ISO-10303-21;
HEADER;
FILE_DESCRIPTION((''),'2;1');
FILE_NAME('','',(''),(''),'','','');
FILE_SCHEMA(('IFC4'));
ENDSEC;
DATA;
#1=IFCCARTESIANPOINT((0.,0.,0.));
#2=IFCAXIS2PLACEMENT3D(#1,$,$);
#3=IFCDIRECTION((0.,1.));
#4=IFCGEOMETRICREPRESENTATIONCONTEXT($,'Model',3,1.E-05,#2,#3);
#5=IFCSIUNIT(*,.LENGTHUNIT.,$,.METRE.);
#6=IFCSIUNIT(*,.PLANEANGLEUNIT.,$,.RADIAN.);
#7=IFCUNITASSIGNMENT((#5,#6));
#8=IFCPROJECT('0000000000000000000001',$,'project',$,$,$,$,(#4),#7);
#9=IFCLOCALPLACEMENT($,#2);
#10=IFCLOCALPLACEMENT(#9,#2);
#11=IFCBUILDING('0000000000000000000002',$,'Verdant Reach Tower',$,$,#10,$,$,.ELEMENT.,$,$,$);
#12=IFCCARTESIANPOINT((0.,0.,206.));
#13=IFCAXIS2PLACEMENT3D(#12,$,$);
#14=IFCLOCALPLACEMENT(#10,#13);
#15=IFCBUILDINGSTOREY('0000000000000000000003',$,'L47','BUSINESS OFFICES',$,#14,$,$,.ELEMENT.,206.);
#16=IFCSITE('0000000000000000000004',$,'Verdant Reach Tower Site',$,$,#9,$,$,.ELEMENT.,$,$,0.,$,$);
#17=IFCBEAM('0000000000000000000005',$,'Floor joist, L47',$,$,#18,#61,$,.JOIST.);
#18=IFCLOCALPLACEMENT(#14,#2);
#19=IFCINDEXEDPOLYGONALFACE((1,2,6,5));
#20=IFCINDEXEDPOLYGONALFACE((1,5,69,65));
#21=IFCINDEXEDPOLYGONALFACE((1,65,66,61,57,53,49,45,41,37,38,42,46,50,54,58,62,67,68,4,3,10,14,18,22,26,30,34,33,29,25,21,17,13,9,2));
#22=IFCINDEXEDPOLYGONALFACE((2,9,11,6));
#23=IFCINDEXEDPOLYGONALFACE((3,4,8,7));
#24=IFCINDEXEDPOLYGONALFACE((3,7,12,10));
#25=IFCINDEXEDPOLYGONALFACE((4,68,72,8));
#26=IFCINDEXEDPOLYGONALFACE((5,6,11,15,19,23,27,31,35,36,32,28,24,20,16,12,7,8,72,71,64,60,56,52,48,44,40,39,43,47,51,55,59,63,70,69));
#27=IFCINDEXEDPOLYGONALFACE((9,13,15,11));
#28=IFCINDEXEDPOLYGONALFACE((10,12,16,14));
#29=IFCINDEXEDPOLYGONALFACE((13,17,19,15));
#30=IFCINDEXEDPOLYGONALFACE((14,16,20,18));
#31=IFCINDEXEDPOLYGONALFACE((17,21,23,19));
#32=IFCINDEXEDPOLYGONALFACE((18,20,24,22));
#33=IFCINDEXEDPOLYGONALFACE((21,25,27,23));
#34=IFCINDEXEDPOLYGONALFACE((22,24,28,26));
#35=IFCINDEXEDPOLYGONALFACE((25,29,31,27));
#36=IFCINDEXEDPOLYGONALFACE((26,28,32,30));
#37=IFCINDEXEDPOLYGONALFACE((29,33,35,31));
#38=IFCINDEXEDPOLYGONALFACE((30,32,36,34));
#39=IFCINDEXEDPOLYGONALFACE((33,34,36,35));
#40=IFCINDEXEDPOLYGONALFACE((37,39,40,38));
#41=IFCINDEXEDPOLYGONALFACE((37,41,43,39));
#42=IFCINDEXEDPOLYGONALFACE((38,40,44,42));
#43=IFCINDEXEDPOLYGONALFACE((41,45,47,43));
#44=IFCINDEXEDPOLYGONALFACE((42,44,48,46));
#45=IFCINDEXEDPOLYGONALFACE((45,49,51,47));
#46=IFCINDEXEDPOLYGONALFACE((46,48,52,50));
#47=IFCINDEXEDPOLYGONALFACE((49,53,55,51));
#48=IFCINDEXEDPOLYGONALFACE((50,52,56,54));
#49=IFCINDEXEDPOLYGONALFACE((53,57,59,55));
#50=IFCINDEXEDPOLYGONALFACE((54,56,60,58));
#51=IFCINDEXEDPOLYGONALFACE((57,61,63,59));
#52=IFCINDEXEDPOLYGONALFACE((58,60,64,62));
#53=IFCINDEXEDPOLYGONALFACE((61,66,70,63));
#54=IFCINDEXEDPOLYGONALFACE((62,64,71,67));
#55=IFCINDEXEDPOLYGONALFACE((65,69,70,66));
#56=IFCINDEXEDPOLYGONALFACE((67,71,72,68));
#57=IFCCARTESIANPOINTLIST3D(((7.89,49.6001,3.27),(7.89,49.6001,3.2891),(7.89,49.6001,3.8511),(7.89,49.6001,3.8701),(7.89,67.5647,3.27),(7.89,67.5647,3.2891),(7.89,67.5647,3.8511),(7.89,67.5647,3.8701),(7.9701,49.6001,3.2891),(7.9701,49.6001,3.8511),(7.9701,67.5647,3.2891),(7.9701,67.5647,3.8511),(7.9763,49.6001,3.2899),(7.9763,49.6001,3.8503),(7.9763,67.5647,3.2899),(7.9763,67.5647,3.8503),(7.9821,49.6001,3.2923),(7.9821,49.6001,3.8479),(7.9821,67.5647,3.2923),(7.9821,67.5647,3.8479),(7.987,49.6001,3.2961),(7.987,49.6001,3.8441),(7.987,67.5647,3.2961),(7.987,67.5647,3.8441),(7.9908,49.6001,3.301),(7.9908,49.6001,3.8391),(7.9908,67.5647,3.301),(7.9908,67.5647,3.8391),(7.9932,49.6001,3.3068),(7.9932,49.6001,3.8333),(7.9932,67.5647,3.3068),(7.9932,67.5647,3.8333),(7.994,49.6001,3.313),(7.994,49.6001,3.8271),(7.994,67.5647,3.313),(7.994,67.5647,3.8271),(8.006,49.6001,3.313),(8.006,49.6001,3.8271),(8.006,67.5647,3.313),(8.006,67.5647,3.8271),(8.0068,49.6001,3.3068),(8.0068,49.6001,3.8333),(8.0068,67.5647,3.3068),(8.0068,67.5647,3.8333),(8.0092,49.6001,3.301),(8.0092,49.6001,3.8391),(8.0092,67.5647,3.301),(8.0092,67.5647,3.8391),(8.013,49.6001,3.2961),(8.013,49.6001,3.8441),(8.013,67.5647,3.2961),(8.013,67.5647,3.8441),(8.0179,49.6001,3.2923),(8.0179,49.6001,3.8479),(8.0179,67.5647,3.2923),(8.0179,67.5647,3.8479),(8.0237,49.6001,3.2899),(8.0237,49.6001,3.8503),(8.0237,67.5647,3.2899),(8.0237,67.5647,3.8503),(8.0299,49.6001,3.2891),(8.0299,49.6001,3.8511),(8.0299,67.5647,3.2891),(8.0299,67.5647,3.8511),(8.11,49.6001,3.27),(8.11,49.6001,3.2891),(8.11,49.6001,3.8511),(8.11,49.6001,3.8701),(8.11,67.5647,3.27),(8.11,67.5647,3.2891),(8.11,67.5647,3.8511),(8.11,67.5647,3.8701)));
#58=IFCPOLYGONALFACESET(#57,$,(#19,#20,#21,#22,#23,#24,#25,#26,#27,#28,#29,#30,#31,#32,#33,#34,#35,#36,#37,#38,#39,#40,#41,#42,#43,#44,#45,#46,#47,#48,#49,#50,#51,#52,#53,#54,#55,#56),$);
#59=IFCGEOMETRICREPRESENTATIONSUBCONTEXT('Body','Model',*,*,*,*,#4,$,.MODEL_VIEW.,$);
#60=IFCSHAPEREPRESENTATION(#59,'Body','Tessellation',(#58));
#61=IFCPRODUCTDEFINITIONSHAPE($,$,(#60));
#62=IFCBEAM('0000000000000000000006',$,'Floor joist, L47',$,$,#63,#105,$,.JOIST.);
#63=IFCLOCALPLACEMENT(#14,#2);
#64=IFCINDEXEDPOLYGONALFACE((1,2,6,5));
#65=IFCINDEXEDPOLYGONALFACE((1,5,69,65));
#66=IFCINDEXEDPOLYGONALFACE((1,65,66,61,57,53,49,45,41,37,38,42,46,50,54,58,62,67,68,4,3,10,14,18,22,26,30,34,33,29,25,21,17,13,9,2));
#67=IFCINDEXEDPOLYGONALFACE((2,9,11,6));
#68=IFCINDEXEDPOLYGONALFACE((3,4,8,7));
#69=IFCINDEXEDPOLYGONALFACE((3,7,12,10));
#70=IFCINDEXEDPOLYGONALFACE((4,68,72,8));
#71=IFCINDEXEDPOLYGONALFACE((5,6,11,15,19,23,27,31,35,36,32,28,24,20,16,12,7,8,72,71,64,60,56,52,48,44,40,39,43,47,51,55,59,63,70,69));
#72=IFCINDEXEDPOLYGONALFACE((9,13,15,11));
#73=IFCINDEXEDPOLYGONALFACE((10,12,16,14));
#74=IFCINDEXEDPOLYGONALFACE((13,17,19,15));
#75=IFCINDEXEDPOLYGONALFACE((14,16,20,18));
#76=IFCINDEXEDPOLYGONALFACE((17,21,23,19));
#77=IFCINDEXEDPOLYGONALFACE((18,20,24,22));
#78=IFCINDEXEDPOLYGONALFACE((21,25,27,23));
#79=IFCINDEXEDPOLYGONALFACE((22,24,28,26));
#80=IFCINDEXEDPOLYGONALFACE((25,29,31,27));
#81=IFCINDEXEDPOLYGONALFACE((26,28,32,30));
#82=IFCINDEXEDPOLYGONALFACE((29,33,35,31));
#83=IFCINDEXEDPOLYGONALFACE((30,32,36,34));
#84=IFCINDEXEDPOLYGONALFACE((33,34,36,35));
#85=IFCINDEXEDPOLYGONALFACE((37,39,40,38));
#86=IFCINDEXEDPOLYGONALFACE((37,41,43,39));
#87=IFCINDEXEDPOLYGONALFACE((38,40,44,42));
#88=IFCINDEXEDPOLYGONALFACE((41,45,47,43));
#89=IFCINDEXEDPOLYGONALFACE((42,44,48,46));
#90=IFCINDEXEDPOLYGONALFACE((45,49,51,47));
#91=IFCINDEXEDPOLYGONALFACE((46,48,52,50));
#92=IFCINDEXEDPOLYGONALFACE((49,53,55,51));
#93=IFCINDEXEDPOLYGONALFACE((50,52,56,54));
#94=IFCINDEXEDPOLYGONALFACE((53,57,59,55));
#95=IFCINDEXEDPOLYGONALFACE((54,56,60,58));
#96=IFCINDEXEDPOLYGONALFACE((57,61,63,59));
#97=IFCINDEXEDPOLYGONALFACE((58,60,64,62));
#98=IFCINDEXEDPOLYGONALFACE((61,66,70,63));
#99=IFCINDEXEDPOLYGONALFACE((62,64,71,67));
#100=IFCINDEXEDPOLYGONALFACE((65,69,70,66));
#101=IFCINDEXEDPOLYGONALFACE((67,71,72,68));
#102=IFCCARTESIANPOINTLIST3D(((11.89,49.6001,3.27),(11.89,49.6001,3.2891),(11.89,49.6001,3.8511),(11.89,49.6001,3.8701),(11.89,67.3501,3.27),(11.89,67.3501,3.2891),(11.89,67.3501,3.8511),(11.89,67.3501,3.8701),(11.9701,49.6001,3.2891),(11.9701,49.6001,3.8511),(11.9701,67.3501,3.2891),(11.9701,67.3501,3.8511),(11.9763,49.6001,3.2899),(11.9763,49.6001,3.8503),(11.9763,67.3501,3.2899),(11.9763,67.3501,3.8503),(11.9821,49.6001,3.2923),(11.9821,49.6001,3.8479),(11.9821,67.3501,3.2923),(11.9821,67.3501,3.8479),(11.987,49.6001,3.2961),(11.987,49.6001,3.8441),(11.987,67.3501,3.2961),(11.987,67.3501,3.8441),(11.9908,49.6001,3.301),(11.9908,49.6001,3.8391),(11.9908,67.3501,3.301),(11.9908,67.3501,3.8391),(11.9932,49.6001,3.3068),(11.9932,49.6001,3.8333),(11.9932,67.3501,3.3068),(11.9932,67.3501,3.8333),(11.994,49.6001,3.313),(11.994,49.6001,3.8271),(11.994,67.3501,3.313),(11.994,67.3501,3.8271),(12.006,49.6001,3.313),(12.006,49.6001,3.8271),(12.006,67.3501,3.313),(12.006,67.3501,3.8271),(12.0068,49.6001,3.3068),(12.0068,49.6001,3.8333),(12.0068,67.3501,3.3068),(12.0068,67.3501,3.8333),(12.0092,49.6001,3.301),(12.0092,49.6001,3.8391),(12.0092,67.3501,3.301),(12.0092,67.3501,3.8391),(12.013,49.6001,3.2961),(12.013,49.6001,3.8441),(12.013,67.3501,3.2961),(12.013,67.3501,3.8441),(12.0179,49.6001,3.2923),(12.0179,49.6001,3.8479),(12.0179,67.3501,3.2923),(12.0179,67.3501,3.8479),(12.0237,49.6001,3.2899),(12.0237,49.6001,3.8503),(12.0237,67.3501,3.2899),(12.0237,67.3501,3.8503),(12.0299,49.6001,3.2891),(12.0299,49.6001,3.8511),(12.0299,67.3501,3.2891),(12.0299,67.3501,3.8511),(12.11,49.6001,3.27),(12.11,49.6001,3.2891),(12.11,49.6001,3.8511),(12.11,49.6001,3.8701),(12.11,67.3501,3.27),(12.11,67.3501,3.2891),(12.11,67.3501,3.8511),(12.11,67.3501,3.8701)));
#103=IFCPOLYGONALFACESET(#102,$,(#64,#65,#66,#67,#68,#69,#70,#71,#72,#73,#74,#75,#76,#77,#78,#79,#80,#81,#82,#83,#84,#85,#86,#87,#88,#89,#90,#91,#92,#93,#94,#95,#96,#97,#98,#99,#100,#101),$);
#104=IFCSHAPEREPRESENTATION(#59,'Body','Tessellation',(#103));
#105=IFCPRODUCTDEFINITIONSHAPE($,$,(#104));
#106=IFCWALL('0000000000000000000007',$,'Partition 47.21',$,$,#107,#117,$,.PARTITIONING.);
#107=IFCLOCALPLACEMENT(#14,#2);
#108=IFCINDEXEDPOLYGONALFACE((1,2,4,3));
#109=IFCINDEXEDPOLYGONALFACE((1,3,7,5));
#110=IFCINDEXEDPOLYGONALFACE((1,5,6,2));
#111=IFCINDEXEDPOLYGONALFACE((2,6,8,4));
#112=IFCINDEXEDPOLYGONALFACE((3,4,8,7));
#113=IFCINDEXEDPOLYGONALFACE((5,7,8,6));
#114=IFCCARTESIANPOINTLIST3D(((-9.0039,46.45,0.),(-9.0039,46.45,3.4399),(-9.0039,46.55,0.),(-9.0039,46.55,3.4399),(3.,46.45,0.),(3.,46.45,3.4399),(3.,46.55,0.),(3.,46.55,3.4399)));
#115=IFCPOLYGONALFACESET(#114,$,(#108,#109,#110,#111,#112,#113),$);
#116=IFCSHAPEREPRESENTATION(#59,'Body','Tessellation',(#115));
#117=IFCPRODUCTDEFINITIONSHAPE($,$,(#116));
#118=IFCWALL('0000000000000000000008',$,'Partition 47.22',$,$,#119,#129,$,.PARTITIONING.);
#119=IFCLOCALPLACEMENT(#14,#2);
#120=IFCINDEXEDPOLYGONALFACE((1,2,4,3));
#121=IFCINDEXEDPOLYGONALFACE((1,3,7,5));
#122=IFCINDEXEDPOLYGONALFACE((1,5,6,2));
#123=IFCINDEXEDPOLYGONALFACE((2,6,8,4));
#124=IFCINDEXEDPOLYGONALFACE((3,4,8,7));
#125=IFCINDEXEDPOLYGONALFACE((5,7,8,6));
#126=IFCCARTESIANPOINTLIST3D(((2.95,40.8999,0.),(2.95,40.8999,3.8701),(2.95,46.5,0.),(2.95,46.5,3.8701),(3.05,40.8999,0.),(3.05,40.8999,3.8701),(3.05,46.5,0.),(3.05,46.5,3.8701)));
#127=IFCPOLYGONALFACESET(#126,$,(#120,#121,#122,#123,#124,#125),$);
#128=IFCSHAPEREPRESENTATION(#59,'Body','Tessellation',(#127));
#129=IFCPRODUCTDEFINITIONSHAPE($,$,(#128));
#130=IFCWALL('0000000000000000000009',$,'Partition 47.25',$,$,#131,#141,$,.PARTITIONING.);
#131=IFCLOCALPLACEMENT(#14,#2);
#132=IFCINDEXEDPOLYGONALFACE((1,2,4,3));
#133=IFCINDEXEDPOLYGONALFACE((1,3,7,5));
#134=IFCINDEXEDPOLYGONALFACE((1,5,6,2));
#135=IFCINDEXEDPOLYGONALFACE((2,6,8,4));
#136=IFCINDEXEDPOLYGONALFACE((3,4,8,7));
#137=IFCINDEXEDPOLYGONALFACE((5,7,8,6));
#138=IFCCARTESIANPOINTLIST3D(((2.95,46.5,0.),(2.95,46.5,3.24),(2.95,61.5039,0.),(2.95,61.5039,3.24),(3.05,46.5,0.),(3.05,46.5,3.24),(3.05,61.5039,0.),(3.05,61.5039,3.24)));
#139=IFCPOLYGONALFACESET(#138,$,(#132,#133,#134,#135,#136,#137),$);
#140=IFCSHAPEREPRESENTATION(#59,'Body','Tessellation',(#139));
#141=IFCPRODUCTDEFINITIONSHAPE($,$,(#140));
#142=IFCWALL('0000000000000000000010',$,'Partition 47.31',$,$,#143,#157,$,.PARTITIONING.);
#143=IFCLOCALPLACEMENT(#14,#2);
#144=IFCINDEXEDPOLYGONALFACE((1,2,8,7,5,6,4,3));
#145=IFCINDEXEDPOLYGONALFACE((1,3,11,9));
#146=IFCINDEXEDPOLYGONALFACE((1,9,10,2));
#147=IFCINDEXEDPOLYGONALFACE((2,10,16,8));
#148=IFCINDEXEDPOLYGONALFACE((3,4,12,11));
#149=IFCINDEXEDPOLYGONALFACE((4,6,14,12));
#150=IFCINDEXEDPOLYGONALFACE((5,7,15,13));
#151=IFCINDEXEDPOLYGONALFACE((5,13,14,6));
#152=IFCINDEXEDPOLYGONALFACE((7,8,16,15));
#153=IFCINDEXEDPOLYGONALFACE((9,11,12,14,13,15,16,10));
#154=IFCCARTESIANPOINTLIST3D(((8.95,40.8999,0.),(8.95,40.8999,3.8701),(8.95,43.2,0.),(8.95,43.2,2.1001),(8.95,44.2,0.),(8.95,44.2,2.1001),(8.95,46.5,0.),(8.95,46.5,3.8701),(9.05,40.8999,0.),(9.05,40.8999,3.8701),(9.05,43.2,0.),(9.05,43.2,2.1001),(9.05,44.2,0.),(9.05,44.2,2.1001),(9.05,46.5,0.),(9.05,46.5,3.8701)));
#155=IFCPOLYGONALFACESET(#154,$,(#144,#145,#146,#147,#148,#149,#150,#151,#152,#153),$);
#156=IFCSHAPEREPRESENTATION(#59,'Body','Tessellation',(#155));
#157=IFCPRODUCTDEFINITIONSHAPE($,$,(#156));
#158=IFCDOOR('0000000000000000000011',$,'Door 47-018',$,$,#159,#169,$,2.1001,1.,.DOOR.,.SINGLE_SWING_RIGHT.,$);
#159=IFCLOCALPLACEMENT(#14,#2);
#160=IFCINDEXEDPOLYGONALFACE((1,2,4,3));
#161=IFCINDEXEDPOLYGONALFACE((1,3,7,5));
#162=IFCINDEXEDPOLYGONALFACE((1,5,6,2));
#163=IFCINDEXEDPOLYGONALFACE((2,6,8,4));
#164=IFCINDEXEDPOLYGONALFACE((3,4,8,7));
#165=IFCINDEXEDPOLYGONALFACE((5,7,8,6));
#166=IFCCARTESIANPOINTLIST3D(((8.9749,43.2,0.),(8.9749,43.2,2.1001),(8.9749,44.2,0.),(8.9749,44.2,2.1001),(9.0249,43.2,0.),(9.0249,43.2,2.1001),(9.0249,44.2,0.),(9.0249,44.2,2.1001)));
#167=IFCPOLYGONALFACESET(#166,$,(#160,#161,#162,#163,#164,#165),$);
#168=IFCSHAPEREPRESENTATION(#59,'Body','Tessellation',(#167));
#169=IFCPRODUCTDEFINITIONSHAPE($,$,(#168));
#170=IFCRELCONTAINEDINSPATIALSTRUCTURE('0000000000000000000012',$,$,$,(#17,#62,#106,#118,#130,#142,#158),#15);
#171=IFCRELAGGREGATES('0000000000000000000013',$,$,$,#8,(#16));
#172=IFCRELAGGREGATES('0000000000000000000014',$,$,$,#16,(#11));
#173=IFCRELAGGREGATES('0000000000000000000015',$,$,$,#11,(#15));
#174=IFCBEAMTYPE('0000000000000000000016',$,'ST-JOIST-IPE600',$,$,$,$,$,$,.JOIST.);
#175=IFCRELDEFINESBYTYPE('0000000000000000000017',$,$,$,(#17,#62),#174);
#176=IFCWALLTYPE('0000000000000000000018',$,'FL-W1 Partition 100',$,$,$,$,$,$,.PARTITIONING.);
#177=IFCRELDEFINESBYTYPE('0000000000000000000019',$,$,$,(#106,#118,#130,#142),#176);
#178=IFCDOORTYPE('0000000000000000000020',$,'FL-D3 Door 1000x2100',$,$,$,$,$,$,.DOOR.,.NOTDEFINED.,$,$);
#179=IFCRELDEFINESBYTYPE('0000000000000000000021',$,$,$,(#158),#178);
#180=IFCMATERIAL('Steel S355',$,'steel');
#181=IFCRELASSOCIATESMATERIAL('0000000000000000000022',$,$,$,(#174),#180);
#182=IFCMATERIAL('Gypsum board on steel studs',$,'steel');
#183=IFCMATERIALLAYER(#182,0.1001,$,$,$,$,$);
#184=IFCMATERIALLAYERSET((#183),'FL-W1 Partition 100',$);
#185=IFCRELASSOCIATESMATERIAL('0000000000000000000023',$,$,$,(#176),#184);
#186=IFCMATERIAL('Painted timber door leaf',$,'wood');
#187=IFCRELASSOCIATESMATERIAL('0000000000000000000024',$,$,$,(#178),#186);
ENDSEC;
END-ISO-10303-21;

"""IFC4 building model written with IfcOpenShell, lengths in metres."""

from ifc_helpers import new_model, si_unit, direction, frame, frame_2d, origin, origin_2d, place, context, subcontext, project, spatial, rectangle, i_section, extrude, material, layer, layer_set, material_profile, profile_set, type_object, element, fill, save


model = new_model("IFC4")

# Units and contexts
model_context = context("Model", 3, precision=1e-05, world=origin(), true_north=direction((0.0, 1.0)))
body_context = subcontext(model_context, "Body", "Model", "MODEL_VIEW")
ifc_project = project(units=[si_unit("LENGTHUNIT", "METRE"), si_unit("PLANEANGLEUNIT", "RADIAN")], contexts=[model_context])

# Site, building, storey
site_placement = place(None, origin())
site = spatial("IfcSite", under=ifc_project, at=site_placement, Name="Verdant Reach Tower Site", CompositionType="ELEMENT", RefElevation=0.0)
building_placement = place(site_placement, origin())
building = spatial("IfcBuilding", under=site, at=building_placement, Name="Verdant Reach Tower", CompositionType="ELEMENT")
storey_placement = place(building_placement, frame((0.0, 0.0, 206.0)))
storey = spatial("IfcBuildingStorey", under=building, at=storey_placement, Name="L47", Description="BUSINESS OFFICES", CompositionType="ELEMENT", Elevation=206.0)

# Beams
ifc_material_1 = material(Name="Steel S355", Category="steel")
ifc_material_profile_1 = material_profile(ifc_material_1, i_section(OverallWidth=0.22, OverallDepth=0.6001, WebThickness=0.012, FlangeThickness=0.019, FilletRadius=0.0239, at=origin_2d()), Name="IPE 600")
ifc_profile_set_1 = profile_set([ifc_material_profile_1], Name="Steel S355")
beam_type_1 = type_object("IfcBeamType", Name="ST-JOIST-IPE600", PredefinedType="JOIST", material=ifc_profile_set_1)
beam_1_placement = place(storey_placement, frame((8.0, 49.6001, 3.5701), z_axis=(0.0, 1.0, 0.0), x_axis=(-1.0, 0.0, 0.0)))
element("IfcBeam", 1, at=beam_1_placement, inside=storey, type_object=beam_type_1, Name="Floor joist, L47", PredefinedType="JOIST", context=body_context, shape_type="SweptSolid", body=[
    extrude(i_section(OverallWidth=0.22, OverallDepth=0.6001, WebThickness=0.012, FlangeThickness=0.019, FilletRadius=0.0239, at=origin_2d()), origin(), (0.0, 0.0, 1.0), 17.9646),
])
beam_2_placement = place(storey_placement, frame((12.0, 49.6001, 3.5701), z_axis=(0.0, 1.0, 0.0), x_axis=(-1.0, 0.0, 0.0)))
element("IfcBeam", 2, at=beam_2_placement, inside=storey, type_object=beam_type_1, Name="Floor joist, L47", PredefinedType="JOIST", context=body_context, shape_type="SweptSolid", body=[
    extrude(i_section(OverallWidth=0.22, OverallDepth=0.6001, WebThickness=0.012, FlangeThickness=0.019, FilletRadius=0.0239, at=origin_2d()), origin(), (0.0, 0.0, 1.0), 17.75),
])

# Walls
ifc_material_2 = material(Name="Gypsum board on steel studs", Category="steel")
ifc_layer_1 = layer(ifc_material_2, 0.1001)
ifc_layer_set_1 = layer_set([ifc_layer_1], Name="FL-W1 Partition 100")
wall_type_1 = type_object("IfcWallType", Name="FL-W1 Partition 100", PredefinedType="PARTITIONING", material=ifc_layer_set_1)
wall_1_placement = place(storey_placement, frame((3.0, 46.5, 0.0), z_axis=(0.0, 0.0, 1.0), x_axis=(-1.0, 0.0, 0.0)))
element("IfcWall", 3, at=wall_1_placement, inside=storey, type_object=wall_type_1, Name="Partition 47.21", PredefinedType="PARTITIONING", context=body_context, shape_type="SweptSolid", body=[
    extrude(rectangle(XDim=12.0039, YDim=0.1001, at=frame_2d((6.002, 0.0))), origin(), (0.0, 0.0, 1.0), 3.4399),
])
wall_2_placement = place(storey_placement, frame((3.0, 40.8999, 0.0), z_axis=(0.0, 0.0, 1.0), x_axis=(0.0, 1.0, 0.0)))
element("IfcWall", 4, at=wall_2_placement, inside=storey, type_object=wall_type_1, Name="Partition 47.22", PredefinedType="PARTITIONING", context=body_context, shape_type="SweptSolid", body=[
    extrude(rectangle(XDim=5.6001, YDim=0.1001, at=frame_2d((2.8, 0.0))), origin(), (0.0, 0.0, 1.0), 3.8701),
])
wall_3_placement = place(storey_placement, frame((3.0, 46.5, 0.0), z_axis=(0.0, 0.0, 1.0), x_axis=(0.0, 1.0, 0.0)))
element("IfcWall", 5, at=wall_3_placement, inside=storey, type_object=wall_type_1, Name="Partition 47.25", PredefinedType="PARTITIONING", context=body_context, shape_type="SweptSolid", body=[
    extrude(rectangle(XDim=15.0039, YDim=0.1001, at=frame_2d((7.502, 0.0))), origin(), (0.0, 0.0, 1.0), 3.24),
])

# Wall, opening, door
wall_4_placement = place(storey_placement, frame((9.0, 46.5, 0.0), z_axis=(0.0, 0.0, 1.0), x_axis=(0.0, -1.0, 0.0)))
wall_4 = element("IfcWall", 6, at=wall_4_placement, inside=storey, type_object=wall_type_1, Name="Partition 47.31", PredefinedType="PARTITIONING", context=body_context, shape_type="SweptSolid", body=[
    extrude(rectangle(XDim=5.6001, YDim=0.1001, at=frame_2d((2.8, 0.0))), origin(), (0.0, 0.0, 1.0), 3.8701),
])
opening_1_placement = place(wall_4_placement, frame((2.3, 0.0, 0.0)))
opening_1 = element("IfcOpeningElement", 7, at=opening_1_placement, cuts=wall_4, PredefinedType="OPENING", context=body_context, shape_type="SweptSolid", body=[
    extrude(rectangle(XDim=1.0, YDim=2.1001, at=frame_2d((0.5, 1.05))), frame((0.0, 0.0601, 0.0), z_axis=(0.0, -1.0, 0.0), x_axis=(1.0, 0.0, 0.0)), (0.0, 0.0, 1.0), 0.1201),
])
ifc_material_3 = material(Name="Painted timber door leaf", Category="wood")
door_type_1 = type_object("IfcDoorType", Name="FL-D3 Door 1000x2100", OperationType="NOTDEFINED", PredefinedType="DOOR", material=ifc_material_3)
door_1_placement = place(opening_1_placement, origin())
door_1 = element("IfcDoor", 8, at=door_1_placement, inside=storey, type_object=door_type_1, Name="Door 47-018", OperationType="SINGLE_SWING_RIGHT", OverallHeight=2.1001, OverallWidth=1.0, PredefinedType="DOOR", context=body_context, shape_type="SweptSolid", body=[
    extrude(rectangle(XDim=1.0, YDim=2.1001, at=frame_2d((0.5, 1.05))), frame((0.0, 0.0249, 0.0), z_axis=(0.0, -1.0, 0.0), x_axis=(1.0, 0.0, 0.0)), (0.0, 0.0, 1.0), 0.05),
])
fill(opening_1, door_1)

save(model, "model.ifc")
